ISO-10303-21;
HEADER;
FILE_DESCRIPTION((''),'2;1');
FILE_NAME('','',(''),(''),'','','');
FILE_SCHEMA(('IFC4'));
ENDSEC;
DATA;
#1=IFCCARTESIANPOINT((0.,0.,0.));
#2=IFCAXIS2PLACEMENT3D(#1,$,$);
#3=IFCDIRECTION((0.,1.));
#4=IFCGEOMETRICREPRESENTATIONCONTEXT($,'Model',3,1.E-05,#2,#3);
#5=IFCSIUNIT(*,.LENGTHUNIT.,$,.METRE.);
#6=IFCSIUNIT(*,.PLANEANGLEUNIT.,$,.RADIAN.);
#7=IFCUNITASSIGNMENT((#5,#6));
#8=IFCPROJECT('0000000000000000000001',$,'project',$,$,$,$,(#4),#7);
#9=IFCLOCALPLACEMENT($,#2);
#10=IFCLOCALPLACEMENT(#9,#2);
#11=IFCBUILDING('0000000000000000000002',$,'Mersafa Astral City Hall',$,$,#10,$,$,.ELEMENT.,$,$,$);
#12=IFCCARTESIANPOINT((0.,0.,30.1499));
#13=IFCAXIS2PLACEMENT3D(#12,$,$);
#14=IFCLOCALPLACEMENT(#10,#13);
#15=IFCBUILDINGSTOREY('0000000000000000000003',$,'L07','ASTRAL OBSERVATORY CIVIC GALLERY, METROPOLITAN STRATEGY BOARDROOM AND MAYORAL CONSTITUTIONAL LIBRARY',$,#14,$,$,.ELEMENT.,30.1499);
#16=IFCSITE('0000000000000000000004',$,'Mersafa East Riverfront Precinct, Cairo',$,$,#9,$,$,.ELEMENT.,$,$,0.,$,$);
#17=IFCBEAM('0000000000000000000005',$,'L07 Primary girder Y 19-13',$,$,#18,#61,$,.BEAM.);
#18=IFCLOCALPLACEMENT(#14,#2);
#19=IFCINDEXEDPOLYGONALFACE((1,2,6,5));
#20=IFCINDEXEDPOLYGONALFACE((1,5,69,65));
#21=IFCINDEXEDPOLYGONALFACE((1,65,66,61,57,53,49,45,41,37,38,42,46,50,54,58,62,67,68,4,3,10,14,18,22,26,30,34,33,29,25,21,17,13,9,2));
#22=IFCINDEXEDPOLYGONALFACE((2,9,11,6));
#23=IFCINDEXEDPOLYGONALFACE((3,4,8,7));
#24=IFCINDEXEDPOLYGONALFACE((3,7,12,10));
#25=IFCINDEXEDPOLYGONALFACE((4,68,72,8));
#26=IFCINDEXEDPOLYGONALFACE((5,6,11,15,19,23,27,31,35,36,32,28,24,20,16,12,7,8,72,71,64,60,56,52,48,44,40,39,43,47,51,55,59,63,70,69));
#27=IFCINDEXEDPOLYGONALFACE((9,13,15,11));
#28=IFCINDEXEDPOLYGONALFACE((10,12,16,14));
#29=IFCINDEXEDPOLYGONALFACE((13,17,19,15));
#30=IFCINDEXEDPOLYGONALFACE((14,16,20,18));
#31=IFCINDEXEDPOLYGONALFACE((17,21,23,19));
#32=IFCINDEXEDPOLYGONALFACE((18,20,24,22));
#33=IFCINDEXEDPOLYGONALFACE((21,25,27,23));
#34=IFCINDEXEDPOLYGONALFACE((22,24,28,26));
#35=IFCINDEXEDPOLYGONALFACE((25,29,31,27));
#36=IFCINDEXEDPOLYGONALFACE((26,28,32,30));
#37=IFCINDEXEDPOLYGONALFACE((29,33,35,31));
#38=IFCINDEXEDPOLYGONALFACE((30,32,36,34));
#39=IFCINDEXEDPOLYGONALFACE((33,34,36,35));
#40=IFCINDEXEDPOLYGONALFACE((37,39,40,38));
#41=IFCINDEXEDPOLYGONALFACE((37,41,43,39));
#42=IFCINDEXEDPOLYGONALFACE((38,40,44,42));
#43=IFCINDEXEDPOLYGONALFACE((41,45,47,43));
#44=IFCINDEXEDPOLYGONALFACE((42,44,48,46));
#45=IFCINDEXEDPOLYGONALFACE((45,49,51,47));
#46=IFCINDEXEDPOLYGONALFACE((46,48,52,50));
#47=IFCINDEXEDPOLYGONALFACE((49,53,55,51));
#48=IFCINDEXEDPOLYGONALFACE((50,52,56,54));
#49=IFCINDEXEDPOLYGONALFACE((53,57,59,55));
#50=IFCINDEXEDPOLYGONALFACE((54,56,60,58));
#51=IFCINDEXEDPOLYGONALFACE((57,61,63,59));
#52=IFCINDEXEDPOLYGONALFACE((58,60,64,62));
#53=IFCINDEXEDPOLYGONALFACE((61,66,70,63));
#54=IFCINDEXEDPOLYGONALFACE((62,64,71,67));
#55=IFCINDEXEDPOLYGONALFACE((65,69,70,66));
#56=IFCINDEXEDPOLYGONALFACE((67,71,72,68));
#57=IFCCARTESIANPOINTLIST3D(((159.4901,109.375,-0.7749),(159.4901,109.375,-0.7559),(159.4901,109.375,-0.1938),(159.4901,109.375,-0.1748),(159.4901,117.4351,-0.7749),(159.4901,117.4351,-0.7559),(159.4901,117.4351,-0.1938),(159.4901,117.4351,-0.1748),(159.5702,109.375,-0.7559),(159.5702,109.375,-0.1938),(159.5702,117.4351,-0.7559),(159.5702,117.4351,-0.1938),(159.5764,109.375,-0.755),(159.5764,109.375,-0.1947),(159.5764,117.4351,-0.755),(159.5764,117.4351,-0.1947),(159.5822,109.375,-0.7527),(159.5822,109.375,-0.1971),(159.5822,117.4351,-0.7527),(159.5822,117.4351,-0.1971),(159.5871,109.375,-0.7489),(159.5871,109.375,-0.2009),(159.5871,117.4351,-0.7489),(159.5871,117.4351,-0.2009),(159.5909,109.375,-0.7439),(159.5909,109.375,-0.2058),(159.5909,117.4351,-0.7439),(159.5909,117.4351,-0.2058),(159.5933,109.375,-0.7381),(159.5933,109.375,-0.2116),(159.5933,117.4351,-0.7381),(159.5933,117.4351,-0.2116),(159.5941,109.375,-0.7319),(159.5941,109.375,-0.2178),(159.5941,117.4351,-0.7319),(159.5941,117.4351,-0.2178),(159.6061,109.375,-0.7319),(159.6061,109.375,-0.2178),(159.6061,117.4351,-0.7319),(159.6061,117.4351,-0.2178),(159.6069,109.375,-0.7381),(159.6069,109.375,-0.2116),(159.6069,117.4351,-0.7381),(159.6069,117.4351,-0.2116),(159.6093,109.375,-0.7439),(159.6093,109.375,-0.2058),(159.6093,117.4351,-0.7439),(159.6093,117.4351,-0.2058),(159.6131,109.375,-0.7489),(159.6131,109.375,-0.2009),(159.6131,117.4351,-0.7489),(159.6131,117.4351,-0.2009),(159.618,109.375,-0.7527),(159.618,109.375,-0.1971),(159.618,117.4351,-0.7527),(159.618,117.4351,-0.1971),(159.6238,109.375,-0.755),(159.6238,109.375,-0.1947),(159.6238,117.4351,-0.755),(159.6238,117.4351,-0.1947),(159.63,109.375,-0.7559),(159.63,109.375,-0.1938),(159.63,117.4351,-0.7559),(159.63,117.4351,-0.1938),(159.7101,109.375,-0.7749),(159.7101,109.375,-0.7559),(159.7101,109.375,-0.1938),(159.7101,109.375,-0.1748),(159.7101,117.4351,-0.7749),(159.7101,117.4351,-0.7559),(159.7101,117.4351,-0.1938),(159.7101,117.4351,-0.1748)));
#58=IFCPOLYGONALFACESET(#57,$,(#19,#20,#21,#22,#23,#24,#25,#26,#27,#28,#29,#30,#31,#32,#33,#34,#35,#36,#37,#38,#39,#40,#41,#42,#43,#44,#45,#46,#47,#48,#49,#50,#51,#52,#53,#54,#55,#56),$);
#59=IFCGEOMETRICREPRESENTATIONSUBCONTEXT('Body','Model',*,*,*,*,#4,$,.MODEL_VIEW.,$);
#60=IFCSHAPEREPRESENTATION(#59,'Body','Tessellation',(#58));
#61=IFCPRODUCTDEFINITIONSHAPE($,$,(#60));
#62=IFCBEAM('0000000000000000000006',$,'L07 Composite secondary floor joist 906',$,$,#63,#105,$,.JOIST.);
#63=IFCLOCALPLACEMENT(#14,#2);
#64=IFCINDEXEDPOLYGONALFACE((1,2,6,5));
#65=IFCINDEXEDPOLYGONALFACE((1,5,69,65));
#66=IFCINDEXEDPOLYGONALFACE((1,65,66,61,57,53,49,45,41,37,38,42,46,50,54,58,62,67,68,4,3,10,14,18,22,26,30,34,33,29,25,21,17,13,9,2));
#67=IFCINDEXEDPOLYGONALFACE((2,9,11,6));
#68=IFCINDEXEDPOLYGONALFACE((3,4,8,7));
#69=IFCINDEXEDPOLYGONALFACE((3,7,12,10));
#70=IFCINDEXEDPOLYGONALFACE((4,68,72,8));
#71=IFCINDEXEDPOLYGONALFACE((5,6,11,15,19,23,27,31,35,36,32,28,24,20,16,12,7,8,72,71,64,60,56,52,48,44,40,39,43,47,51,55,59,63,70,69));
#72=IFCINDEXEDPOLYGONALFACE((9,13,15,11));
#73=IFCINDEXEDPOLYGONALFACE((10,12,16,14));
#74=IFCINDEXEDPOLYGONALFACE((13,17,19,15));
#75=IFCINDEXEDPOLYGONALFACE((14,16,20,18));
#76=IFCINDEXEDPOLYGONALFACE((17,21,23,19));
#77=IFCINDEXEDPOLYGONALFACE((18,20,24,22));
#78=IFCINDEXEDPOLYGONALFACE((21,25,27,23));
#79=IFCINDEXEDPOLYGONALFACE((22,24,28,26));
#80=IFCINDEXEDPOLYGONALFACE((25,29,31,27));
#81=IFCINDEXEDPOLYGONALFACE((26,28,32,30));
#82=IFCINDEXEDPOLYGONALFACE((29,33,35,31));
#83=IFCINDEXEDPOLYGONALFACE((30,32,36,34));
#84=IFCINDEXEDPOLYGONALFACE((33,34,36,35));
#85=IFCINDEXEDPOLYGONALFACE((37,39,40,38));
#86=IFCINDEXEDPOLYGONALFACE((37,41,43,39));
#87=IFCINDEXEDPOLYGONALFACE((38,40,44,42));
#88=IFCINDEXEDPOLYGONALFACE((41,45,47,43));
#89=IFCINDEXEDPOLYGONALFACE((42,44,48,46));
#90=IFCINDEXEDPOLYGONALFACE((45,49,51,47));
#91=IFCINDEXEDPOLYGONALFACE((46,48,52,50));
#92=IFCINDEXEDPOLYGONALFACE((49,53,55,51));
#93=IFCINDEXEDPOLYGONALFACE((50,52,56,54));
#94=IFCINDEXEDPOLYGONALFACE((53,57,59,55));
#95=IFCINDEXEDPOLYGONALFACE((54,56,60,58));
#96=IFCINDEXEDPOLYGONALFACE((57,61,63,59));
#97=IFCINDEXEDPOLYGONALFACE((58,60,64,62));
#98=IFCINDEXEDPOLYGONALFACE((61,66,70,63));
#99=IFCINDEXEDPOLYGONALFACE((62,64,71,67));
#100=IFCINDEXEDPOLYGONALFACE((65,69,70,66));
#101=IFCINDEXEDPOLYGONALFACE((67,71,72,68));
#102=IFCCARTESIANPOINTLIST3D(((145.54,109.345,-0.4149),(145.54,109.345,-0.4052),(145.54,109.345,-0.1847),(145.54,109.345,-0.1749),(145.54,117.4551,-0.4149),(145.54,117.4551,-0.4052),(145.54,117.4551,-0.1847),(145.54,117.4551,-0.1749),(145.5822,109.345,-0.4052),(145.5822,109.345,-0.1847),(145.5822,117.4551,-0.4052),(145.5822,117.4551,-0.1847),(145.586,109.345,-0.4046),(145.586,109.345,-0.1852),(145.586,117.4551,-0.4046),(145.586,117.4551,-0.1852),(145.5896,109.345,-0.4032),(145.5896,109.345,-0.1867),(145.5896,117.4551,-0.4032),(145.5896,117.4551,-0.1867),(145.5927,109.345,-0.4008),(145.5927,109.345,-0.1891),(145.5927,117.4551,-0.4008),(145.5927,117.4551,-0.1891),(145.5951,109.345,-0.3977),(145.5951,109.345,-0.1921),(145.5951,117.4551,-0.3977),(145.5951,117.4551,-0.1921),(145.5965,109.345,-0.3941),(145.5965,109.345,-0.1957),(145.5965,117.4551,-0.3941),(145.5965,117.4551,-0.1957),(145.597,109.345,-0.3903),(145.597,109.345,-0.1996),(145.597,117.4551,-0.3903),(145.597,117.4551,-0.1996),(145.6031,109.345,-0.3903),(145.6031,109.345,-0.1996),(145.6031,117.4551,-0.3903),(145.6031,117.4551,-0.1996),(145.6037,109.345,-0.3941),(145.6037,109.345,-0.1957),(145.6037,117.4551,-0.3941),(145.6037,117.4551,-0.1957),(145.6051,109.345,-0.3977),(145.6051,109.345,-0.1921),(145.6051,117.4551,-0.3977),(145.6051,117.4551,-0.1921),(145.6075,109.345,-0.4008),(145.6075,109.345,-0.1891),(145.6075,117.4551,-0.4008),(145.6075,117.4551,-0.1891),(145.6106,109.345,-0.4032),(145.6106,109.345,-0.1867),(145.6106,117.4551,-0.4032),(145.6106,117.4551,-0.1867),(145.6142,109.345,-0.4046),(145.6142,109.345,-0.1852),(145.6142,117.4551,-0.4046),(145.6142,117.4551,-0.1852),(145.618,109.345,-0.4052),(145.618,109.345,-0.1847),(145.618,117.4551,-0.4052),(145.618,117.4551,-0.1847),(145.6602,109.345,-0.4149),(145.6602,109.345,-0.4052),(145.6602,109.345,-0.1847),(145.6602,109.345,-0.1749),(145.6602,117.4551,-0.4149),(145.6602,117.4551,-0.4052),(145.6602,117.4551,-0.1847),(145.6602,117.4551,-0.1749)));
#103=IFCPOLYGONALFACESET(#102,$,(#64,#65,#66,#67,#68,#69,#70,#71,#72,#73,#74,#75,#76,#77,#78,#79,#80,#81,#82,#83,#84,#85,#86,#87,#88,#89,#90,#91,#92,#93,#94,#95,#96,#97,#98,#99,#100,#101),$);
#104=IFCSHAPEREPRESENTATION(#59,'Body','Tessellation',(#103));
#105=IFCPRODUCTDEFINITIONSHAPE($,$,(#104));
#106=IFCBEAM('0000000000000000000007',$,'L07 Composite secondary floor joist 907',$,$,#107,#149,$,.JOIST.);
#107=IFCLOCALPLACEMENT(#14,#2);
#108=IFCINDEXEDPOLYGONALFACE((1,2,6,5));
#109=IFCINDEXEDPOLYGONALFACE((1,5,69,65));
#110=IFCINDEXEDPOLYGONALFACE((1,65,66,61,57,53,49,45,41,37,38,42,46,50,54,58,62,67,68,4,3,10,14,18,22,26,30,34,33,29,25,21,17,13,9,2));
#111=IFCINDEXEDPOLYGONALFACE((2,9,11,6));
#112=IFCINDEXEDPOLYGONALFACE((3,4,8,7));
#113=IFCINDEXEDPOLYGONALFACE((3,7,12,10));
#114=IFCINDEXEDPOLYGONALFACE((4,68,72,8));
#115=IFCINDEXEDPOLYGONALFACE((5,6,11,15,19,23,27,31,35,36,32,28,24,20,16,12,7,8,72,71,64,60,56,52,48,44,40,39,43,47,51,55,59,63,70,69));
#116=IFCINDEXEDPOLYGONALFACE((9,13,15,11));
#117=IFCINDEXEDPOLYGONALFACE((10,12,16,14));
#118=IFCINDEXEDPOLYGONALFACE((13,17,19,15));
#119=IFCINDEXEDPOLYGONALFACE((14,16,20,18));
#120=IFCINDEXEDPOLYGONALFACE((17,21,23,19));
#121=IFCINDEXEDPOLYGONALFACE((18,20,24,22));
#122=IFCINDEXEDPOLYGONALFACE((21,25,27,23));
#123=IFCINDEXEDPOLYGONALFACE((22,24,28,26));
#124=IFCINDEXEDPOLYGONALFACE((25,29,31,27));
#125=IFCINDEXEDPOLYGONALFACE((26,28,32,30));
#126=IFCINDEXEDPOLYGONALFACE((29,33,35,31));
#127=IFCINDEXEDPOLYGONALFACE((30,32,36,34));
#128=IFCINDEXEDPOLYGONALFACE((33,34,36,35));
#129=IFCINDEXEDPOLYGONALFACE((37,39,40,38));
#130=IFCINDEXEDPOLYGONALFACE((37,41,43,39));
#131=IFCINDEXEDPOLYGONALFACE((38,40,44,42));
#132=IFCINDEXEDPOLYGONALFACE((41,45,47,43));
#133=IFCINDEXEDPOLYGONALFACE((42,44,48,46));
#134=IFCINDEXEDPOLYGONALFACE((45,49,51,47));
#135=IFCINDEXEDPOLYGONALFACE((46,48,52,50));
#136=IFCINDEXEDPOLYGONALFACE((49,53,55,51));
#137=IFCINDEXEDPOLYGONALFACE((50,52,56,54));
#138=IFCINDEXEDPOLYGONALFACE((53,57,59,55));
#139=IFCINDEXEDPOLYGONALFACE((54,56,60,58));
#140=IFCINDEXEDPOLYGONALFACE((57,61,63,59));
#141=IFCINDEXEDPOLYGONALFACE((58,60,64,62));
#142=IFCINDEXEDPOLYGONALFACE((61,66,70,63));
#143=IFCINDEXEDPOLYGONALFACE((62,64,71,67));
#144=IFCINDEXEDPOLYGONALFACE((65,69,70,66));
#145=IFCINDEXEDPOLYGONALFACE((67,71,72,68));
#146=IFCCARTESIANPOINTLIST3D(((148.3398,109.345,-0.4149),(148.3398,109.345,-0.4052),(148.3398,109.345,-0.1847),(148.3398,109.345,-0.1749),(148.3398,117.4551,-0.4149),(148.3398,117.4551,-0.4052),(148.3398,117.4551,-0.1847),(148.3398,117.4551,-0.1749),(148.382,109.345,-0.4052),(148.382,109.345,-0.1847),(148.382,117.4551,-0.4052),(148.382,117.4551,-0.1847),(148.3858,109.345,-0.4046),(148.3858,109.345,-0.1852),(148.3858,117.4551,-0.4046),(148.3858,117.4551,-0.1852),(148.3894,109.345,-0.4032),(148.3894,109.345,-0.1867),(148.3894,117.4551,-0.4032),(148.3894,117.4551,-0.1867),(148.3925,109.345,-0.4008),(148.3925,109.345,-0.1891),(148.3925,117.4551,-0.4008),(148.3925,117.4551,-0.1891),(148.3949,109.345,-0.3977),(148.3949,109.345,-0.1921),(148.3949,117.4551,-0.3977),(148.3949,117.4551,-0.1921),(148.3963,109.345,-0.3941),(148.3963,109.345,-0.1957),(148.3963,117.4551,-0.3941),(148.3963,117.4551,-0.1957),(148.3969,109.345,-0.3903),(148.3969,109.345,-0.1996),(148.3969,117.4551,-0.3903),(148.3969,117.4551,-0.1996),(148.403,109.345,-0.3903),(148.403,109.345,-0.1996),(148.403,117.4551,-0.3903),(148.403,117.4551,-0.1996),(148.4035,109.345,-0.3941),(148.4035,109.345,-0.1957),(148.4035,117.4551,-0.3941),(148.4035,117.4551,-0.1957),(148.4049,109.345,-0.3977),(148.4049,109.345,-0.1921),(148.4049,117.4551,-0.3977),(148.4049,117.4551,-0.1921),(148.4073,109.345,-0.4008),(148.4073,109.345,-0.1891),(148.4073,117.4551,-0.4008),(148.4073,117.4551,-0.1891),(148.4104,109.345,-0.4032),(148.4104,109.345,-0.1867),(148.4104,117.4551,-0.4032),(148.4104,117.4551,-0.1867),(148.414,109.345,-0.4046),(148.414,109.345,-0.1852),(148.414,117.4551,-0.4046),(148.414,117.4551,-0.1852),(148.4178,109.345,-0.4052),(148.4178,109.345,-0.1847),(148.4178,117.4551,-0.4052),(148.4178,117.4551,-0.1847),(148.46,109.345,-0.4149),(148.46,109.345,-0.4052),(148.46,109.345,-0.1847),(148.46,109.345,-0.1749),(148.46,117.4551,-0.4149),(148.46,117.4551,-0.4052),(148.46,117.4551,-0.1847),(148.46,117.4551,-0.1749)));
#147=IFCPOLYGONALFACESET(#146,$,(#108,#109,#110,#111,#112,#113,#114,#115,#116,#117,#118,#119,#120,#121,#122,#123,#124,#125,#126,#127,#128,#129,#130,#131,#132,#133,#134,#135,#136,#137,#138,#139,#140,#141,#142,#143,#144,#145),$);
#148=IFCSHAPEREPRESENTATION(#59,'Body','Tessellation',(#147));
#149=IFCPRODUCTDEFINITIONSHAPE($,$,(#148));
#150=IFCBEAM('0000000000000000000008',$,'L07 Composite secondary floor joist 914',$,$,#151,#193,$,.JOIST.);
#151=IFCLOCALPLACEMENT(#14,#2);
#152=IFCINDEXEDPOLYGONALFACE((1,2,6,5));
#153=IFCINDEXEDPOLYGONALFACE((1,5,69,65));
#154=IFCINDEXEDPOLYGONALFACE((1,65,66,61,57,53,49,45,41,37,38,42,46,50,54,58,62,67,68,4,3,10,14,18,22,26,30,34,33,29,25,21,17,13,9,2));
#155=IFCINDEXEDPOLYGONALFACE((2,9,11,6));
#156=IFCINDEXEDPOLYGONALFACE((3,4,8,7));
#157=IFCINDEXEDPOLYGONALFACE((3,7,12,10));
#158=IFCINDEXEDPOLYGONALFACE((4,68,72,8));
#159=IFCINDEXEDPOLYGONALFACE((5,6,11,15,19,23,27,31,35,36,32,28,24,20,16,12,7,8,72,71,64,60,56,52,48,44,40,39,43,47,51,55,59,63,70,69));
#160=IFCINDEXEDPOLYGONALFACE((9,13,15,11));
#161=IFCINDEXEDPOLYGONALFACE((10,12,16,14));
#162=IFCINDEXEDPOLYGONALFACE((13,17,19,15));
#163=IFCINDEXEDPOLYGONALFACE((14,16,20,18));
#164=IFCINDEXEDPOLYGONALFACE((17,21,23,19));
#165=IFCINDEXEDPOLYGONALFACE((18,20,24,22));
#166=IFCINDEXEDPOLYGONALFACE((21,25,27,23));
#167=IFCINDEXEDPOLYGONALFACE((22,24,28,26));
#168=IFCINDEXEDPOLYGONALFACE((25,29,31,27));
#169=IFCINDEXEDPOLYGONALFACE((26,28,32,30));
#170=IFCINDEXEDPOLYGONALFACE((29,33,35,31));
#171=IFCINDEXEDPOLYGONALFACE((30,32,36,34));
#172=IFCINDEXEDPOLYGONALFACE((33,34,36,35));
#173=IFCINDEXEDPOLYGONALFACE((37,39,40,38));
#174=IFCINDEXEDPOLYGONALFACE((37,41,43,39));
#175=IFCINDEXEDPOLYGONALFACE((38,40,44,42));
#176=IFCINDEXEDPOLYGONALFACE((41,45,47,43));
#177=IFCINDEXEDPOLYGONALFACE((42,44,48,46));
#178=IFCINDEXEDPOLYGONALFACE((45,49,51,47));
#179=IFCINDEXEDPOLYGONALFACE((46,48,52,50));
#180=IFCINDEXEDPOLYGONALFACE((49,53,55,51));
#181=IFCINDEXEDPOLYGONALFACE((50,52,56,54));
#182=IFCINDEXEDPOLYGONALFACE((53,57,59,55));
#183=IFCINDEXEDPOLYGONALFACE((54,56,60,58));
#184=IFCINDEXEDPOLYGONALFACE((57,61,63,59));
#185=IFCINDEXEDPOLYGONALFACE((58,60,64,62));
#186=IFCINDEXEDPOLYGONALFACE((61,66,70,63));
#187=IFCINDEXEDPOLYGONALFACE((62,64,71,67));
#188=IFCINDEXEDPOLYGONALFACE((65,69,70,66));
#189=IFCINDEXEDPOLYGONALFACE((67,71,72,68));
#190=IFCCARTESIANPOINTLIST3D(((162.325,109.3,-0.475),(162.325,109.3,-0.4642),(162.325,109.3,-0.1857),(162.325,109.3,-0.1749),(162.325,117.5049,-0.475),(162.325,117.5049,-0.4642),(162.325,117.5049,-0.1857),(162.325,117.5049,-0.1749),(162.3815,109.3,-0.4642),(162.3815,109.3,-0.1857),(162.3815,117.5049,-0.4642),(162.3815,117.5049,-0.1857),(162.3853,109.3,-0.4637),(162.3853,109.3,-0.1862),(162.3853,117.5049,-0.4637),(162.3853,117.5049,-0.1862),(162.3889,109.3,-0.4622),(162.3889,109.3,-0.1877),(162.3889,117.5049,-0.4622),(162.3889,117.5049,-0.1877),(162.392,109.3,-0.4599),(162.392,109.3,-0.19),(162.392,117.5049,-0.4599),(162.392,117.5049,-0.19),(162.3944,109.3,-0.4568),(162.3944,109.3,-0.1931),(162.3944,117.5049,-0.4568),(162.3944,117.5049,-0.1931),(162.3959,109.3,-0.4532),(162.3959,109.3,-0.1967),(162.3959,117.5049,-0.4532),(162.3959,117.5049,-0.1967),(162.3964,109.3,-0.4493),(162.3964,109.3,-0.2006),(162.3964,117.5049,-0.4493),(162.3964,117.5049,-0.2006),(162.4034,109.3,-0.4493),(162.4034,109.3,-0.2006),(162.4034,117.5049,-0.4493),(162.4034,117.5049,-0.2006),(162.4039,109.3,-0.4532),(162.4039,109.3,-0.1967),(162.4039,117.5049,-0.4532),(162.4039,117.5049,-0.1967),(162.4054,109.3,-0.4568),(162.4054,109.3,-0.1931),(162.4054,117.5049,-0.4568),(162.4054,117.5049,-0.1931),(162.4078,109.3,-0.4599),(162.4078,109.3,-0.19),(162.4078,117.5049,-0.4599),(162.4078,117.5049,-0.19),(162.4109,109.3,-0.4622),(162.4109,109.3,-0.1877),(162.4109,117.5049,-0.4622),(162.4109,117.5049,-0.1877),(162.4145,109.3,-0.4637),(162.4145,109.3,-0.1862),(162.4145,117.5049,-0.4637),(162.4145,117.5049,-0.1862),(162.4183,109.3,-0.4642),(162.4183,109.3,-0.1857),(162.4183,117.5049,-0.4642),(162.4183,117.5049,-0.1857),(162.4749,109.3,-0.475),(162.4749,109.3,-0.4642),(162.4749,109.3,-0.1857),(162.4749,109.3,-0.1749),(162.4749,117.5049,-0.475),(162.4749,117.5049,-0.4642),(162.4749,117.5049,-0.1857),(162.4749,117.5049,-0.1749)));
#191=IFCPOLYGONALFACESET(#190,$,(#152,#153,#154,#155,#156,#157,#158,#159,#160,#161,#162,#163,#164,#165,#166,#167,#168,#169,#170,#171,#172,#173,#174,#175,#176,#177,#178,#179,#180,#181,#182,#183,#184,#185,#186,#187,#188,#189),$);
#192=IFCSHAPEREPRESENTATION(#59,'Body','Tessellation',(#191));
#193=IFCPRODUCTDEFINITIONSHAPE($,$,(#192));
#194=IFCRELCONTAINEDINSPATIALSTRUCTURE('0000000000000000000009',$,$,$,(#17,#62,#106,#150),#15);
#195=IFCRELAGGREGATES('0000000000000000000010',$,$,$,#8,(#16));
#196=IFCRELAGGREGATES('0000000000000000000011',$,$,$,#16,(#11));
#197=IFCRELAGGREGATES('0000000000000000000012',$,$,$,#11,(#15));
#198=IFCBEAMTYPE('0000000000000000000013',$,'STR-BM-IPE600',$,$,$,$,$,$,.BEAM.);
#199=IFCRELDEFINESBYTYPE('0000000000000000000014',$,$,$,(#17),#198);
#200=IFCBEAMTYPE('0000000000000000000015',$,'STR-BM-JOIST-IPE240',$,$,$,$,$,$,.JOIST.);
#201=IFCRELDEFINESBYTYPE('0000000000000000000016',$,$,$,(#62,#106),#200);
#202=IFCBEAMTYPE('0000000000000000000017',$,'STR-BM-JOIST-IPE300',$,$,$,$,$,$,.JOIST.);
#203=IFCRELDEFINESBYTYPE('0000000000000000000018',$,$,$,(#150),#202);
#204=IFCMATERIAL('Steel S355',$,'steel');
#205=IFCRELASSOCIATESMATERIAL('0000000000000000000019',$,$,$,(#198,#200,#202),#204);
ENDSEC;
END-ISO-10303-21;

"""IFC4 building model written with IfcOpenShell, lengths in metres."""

from ifc_helpers import new_model, si_unit, direction, frame, origin, origin_2d, place, context, subcontext, project, spatial, i_section, extrude, material, material_profile, profile_set, type_object, element, save


model = new_model("IFC4")

# Units and contexts
model_context = context("Model", 3, precision=1e-05, world=origin(), true_north=direction((0.0, 1.0)))
body_context = subcontext(model_context, "Body", "Model", "MODEL_VIEW")
ifc_project = project(units=[si_unit("LENGTHUNIT", "METRE"), si_unit("PLANEANGLEUNIT", "RADIAN")], contexts=[model_context])

# Site, building, storey
site_placement = place(None, origin())
site = spatial("IfcSite", under=ifc_project, at=site_placement, Name="Mersafa East Riverfront Precinct, Cairo", CompositionType="ELEMENT", RefElevation=0.0)
building_placement = place(site_placement, origin())
building = spatial("IfcBuilding", under=site, at=building_placement, Name="Mersafa Astral City Hall", CompositionType="ELEMENT")
storey_placement = place(building_placement, frame((0.0, 0.0, 30.1499)))
storey = spatial("IfcBuildingStorey", under=building, at=storey_placement, Name="L07", Description="ASTRAL OBSERVATORY CIVIC GALLERY, METROPOLITAN STRATEGY BOARDROOM AND MAYORAL CONSTITUTIONAL LIBRARY", CompositionType="ELEMENT", Elevation=30.1499)

# Shared definitions
ifc_material_1 = material(Name="Steel S355", Category="steel")

# Beams
ifc_material_profile_1 = material_profile(ifc_material_1, i_section(OverallWidth=0.22, OverallDepth=0.6001, WebThickness=0.012, FlangeThickness=0.019, FilletRadius=0.0239, at=origin_2d()), Name="IPE 600")
ifc_profile_set_1 = profile_set([ifc_material_profile_1], Name="Steel S355")
beam_type_1 = type_object("IfcBeamType", Name="STR-BM-IPE600", PredefinedType="BEAM", material=ifc_profile_set_1)
beam_1_placement = place(storey_placement, frame((159.6001, 109.375, -0.4749), z_axis=(0.0, 1.0, 0.0), x_axis=(-1.0, 0.0, 0.0)))
element("IfcBeam", 1, at=beam_1_placement, inside=storey, type_object=beam_type_1, Name="L07 Primary girder Y 19-13", PredefinedType="BEAM", context=body_context, shape_type="SweptSolid", body=[
    extrude(i_section(OverallWidth=0.22, OverallDepth=0.6001, WebThickness=0.012, FlangeThickness=0.019, FilletRadius=0.0239, at=origin_2d()), origin(), (0.0, 0.0, 1.0), 8.0601),
])
ifc_material_profile_2 = material_profile(ifc_material_1, i_section(OverallWidth=0.1201, OverallDepth=0.24, WebThickness=0.0061, FlangeThickness=0.0098, FilletRadius=0.0149, at=origin_2d()), Name="IPE 240")
ifc_profile_set_2 = profile_set([ifc_material_profile_2], Name="Steel S355")
beam_type_2 = type_object("IfcBeamType", Name="STR-BM-JOIST-IPE240", PredefinedType="JOIST", material=ifc_profile_set_2)
for number, where, z_axis, x_axis, name in (
    (2, (145.6001, 109.345, -0.2949), (0.0, 1.0, 0.0), (-1.0, 0.0, 0.0), "L07 Composite secondary floor joist 906"),
    (3, (148.3999, 109.345, -0.2949), (0.0, 1.0, 0.0), (-1.0, 0.0, 0.0), "L07 Composite secondary floor joist 907"),
):
    element("IfcBeam", number, at=place(storey_placement, frame(where, z_axis=z_axis, x_axis=x_axis)), inside=storey, type_object=beam_type_2, Name=name, PredefinedType="JOIST", context=body_context, shape_type="SweptSolid", body=[
        extrude(i_section(OverallWidth=0.1201, OverallDepth=0.24, WebThickness=0.0061, FlangeThickness=0.0098, FilletRadius=0.0149, at=origin_2d()), origin(), (0.0, 0.0, 1.0), 8.1101),
    ])
ifc_material_profile_3 = material_profile(ifc_material_1, i_section(OverallWidth=0.1499, OverallDepth=0.3, WebThickness=0.0071, FlangeThickness=0.0107, FilletRadius=0.0149, at=origin_2d()), Name="IPE 300")
ifc_profile_set_3 = profile_set([ifc_material_profile_3], Name="Steel S355")
beam_type_3 = type_object("IfcBeamType", Name="STR-BM-JOIST-IPE300", PredefinedType="JOIST", material=ifc_profile_set_3)
for number, where, z_axis, x_axis, name in (
    (4, (162.3999, 109.3, -0.325), (0.0, 1.0, 0.0), (-1.0, 0.0, 0.0), "L07 Composite secondary floor joist 914"),
):
    element("IfcBeam", number, at=place(storey_placement, frame(where, z_axis=z_axis, x_axis=x_axis)), inside=storey, type_object=beam_type_3, Name=name, PredefinedType="JOIST", context=body_context, shape_type="SweptSolid", body=[
        extrude(i_section(OverallWidth=0.1499, OverallDepth=0.3, WebThickness=0.0071, FlangeThickness=0.0107, FilletRadius=0.0149, at=origin_2d()), origin(), (0.0, 0.0, 1.0), 8.2048),
    ])

save(model, "model.ifc")
